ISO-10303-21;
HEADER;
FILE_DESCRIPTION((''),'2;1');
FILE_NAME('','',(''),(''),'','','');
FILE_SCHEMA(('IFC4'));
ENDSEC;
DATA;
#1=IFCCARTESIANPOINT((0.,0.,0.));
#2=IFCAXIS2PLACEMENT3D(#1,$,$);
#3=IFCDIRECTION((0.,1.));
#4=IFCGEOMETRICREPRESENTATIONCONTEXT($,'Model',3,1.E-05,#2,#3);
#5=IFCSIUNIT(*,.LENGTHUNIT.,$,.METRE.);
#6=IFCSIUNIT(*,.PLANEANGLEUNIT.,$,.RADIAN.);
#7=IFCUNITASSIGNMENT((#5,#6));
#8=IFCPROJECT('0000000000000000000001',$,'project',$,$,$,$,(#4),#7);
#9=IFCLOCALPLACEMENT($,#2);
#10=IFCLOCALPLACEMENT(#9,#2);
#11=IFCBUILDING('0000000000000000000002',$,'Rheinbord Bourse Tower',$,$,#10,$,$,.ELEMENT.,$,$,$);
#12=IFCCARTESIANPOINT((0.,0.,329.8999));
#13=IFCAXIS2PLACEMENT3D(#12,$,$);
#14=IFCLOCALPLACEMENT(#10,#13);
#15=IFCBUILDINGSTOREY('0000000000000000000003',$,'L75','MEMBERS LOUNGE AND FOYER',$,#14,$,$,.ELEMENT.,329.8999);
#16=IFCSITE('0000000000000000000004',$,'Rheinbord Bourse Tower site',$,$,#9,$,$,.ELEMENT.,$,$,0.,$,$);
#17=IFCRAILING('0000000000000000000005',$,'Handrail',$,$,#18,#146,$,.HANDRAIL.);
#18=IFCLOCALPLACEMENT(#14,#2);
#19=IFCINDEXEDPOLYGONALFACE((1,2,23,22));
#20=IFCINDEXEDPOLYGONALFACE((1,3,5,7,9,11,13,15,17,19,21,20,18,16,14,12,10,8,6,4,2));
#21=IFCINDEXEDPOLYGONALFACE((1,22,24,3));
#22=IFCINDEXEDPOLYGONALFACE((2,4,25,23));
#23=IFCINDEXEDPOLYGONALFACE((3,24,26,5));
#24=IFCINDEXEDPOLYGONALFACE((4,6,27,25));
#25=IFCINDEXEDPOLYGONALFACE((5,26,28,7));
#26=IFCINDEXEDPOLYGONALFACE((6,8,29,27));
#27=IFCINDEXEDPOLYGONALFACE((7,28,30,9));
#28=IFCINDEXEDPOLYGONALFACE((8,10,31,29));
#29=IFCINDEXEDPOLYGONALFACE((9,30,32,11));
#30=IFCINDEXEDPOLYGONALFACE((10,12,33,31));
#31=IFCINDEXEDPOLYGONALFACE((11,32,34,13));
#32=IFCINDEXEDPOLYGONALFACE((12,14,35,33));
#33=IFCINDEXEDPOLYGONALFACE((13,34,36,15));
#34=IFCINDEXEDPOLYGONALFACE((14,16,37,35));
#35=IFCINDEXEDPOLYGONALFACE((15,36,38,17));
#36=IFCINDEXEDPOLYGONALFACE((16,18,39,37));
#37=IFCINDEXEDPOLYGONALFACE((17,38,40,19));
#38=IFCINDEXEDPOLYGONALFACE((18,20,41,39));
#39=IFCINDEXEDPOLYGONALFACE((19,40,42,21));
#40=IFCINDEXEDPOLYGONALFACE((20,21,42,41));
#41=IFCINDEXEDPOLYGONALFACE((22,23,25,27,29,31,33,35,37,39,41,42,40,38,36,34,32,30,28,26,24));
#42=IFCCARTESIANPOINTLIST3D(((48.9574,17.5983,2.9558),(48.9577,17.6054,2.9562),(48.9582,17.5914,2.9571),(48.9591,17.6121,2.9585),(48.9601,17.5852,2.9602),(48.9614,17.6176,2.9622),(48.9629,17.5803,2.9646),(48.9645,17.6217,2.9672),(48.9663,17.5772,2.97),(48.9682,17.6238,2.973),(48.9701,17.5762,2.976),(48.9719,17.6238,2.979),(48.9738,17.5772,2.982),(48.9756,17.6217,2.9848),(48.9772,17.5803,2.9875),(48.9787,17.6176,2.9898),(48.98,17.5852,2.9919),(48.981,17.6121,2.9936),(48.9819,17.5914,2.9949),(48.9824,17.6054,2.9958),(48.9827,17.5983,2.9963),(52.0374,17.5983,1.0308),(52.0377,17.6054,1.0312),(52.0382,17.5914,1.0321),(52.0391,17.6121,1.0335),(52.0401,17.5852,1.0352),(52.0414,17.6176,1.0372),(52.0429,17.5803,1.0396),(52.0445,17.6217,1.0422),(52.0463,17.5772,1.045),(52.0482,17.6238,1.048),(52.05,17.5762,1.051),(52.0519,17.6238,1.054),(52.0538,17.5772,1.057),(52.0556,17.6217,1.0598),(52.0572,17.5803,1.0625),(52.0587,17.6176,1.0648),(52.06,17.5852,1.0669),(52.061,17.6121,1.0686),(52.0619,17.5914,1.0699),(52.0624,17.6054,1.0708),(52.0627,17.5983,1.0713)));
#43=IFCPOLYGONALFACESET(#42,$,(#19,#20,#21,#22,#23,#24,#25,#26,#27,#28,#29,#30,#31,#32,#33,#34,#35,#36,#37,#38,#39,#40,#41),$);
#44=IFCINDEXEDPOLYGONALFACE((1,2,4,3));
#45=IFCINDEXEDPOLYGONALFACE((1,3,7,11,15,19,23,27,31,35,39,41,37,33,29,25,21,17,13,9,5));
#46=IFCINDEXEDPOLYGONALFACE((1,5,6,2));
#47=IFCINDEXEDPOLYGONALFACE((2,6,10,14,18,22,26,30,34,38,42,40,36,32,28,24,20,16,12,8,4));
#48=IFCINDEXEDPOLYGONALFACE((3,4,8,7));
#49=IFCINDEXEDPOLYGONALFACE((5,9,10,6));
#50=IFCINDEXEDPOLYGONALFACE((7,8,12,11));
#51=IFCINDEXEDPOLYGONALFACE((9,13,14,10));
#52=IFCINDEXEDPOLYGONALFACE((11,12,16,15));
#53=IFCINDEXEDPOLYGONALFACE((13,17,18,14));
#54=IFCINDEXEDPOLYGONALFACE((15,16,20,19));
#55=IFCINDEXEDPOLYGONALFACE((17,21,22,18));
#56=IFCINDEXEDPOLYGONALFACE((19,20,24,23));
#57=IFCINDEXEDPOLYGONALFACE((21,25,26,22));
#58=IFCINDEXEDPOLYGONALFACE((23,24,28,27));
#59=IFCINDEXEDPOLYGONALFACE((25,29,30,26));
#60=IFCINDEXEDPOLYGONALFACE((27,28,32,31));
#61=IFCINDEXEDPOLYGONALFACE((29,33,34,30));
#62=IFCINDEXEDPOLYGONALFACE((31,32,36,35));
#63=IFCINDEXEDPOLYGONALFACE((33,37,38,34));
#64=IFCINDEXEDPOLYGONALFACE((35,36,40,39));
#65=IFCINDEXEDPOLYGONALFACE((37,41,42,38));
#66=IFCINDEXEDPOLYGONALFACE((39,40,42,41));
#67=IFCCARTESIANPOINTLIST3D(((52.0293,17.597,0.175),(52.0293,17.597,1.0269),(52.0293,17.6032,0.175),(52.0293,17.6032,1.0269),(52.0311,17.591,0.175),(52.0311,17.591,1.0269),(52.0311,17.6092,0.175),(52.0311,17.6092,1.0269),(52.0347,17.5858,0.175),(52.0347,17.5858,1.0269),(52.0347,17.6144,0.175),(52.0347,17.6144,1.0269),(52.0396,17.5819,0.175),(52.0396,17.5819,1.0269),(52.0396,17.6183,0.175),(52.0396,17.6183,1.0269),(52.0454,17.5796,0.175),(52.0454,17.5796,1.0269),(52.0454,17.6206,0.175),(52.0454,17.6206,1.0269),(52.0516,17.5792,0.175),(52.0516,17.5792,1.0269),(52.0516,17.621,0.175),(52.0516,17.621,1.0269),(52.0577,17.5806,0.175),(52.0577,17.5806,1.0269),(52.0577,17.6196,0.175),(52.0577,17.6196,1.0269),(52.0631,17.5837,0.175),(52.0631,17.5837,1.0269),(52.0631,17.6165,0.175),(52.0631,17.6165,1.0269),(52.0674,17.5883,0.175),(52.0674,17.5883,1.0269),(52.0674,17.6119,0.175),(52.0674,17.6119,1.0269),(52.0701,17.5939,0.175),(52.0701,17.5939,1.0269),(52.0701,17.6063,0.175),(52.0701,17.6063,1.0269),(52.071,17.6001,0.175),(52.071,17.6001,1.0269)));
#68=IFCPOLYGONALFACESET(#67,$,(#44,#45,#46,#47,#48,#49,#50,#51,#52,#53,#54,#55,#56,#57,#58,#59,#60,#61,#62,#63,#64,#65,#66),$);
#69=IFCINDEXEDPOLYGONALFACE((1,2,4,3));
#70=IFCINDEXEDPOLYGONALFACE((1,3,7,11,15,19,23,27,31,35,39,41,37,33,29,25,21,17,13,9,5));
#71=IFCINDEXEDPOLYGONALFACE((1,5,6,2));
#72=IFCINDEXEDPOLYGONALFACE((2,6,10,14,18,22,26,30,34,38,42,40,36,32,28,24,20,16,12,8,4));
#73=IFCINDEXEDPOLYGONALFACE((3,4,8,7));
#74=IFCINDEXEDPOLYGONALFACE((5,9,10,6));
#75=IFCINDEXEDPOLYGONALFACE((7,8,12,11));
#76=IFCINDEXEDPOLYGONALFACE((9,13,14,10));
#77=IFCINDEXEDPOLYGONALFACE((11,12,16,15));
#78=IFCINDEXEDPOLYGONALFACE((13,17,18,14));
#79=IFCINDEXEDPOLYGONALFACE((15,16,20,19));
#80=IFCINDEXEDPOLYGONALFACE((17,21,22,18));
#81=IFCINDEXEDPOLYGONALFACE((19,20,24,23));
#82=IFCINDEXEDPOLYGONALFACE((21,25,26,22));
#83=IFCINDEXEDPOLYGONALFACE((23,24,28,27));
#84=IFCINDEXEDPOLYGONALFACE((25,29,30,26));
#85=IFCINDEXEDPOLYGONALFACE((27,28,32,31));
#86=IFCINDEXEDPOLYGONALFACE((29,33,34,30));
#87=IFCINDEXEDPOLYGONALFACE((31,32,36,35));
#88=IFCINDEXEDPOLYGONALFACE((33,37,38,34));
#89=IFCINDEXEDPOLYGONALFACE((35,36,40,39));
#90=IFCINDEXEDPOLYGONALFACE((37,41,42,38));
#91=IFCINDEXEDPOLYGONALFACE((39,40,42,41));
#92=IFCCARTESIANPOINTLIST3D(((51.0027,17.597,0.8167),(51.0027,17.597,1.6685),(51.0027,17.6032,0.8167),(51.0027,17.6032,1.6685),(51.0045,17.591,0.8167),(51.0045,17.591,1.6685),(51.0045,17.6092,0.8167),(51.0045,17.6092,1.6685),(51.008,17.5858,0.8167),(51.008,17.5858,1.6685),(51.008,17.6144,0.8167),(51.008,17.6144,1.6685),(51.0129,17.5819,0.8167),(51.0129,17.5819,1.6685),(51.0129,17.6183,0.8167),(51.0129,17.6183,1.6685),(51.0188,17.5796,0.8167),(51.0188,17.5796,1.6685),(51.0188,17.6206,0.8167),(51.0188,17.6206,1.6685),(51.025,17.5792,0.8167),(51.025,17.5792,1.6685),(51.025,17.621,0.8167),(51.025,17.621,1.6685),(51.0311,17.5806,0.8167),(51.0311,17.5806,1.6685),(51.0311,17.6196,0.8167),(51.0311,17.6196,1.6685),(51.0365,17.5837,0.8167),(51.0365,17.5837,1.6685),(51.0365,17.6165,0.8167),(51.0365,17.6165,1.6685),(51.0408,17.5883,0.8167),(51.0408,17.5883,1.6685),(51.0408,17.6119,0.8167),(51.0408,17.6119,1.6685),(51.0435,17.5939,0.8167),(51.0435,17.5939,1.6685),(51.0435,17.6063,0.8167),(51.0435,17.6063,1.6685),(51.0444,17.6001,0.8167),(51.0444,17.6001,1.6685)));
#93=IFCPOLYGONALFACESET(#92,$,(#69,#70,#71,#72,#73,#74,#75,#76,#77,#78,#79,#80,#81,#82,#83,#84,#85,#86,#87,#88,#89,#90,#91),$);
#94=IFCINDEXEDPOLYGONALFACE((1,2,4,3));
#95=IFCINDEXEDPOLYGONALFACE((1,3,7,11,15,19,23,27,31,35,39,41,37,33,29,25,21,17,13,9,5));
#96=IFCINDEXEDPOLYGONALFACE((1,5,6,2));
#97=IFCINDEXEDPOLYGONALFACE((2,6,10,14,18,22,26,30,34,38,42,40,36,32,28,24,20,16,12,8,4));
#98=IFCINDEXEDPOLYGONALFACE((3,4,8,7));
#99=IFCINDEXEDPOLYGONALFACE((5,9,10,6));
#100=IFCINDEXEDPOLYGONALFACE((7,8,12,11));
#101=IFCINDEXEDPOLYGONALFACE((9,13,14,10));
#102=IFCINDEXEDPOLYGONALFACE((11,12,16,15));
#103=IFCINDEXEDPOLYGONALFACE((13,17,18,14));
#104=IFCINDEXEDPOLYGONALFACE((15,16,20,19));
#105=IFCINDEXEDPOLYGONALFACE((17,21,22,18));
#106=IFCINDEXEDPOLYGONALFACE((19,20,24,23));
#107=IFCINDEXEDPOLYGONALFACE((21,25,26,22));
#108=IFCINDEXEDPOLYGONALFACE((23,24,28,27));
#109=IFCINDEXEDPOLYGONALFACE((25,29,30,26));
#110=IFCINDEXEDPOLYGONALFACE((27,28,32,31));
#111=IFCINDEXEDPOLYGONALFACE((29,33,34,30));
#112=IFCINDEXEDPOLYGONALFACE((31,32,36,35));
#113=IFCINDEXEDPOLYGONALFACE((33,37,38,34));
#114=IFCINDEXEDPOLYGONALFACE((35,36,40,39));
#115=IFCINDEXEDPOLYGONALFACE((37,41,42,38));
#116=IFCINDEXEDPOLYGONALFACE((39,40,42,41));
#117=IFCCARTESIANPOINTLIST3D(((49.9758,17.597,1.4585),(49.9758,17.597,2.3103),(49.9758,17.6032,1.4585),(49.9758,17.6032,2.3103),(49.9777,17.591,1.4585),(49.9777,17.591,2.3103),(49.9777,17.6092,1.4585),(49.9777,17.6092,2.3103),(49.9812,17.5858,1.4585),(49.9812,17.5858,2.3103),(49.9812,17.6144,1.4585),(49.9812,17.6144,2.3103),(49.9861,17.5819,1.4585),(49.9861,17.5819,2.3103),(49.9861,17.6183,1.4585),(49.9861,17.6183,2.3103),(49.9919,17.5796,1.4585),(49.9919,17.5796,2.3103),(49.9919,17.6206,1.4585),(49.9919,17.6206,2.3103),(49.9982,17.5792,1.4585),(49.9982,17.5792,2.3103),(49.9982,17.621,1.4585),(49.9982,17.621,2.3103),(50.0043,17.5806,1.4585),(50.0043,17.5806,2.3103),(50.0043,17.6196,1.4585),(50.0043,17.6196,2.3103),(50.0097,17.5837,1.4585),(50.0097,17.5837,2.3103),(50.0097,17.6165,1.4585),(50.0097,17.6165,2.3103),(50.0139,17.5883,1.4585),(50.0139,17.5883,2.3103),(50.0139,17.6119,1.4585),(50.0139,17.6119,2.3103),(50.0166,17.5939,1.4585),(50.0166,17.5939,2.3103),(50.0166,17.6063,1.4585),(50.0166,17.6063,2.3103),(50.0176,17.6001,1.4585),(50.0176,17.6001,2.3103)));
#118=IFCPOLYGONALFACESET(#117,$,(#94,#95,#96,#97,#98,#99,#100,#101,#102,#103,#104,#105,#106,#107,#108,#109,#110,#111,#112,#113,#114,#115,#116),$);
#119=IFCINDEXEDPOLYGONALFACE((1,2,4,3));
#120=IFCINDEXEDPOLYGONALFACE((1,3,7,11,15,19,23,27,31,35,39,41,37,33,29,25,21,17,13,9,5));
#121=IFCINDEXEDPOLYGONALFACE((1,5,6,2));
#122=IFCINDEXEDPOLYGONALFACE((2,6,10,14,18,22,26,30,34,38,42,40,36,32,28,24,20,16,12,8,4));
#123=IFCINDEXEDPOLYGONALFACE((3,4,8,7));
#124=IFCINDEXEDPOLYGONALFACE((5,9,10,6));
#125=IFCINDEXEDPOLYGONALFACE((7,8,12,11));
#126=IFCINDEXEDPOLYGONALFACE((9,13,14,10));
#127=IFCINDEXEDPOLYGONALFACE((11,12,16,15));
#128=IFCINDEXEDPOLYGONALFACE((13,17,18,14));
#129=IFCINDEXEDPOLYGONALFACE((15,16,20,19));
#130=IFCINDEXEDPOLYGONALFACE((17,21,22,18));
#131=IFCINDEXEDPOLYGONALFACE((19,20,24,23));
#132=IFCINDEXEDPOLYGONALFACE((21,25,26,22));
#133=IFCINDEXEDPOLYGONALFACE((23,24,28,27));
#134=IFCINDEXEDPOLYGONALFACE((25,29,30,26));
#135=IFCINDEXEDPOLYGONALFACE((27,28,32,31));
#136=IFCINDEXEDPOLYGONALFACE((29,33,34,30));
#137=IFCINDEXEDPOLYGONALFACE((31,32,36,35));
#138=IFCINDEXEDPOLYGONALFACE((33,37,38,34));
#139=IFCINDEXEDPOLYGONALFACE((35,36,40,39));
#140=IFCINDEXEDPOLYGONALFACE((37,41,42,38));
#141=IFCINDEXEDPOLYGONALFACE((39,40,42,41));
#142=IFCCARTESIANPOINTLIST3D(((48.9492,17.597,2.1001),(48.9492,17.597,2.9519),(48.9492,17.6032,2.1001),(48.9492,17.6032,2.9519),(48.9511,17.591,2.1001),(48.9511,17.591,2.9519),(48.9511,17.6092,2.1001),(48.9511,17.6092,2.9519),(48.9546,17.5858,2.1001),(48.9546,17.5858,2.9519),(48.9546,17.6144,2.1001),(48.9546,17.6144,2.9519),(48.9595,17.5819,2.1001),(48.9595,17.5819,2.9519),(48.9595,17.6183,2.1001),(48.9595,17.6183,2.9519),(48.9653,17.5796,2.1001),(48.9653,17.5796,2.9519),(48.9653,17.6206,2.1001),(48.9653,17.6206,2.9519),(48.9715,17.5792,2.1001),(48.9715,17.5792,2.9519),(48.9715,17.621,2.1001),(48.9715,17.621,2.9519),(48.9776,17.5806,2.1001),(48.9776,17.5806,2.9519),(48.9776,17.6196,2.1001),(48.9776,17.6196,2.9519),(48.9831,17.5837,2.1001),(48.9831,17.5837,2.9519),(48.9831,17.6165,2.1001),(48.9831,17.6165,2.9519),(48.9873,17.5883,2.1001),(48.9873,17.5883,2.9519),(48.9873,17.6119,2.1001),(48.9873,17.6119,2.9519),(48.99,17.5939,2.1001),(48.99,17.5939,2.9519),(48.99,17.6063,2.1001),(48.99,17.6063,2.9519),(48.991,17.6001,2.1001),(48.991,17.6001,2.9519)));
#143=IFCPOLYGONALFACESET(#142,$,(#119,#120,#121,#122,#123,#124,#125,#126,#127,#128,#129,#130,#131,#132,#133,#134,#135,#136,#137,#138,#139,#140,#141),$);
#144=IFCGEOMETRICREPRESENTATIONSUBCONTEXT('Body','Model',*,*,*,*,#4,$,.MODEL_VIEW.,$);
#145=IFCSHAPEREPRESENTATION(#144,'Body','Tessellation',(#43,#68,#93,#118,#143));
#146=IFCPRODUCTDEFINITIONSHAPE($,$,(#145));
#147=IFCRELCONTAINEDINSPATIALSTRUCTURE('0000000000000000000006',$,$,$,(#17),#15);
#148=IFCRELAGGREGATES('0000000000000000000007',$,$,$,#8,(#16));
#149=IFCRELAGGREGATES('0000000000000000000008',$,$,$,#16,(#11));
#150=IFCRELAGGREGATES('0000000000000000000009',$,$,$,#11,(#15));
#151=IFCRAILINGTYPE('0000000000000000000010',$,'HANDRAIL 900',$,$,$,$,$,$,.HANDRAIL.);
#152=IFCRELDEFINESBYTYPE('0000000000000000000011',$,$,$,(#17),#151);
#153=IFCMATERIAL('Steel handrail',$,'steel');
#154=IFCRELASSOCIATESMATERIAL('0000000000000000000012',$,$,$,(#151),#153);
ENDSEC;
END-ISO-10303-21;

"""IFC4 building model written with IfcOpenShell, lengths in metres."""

from ifc_helpers import new_model, si_unit, direction, frame, origin, origin_2d, place, context, subcontext, project, spatial, circle, extrude, material, type_object, element, save


model = new_model("IFC4")

# Units and contexts
model_context = context("Model", 3, precision=1e-05, world=origin(), true_north=direction((0.0, 1.0)))
body_context = subcontext(model_context, "Body", "Model", "MODEL_VIEW")
ifc_project = project(units=[si_unit("LENGTHUNIT", "METRE"), si_unit("PLANEANGLEUNIT", "RADIAN")], contexts=[model_context])

# Site, building, storey
site_placement = place(None, origin())
site = spatial("IfcSite", under=ifc_project, at=site_placement, Name="Rheinbord Bourse Tower site", CompositionType="ELEMENT", RefElevation=0.0)
building_placement = place(site_placement, origin())
building = spatial("IfcBuilding", under=site, at=building_placement, Name="Rheinbord Bourse Tower", CompositionType="ELEMENT")
storey_placement = place(building_placement, frame((0.0, 0.0, 329.8999)))
storey = spatial("IfcBuildingStorey", under=building, at=storey_placement, Name="L75", Description="MEMBERS LOUNGE AND FOYER", CompositionType="ELEMENT", Elevation=329.8999)

# Railing
ifc_material_1 = material(Name="Steel handrail", Category="steel")
railing_type = type_object("IfcRailingType", Name="HANDRAIL 900", PredefinedType="HANDRAIL", material=ifc_material_1)
railing_1_placement = place(storey_placement, frame((52.05, 17.6001, 0.175)))
element("IfcRailing", 1, at=railing_1_placement, inside=storey, type_object=railing_type, Name="Handrail", PredefinedType="HANDRAIL", context=body_context, shape_type="SweptSolid", body=[
    extrude(circle(Radius=0.0239, at=origin_2d()), frame((0.0, 0.0, 0.876), z_axis=(-0.847998, 0.0, 0.529999), x_axis=(0.0, -1.0, 0.0)), (0.0, 0.0, 1.0), 3.6321),
    extrude(circle(Radius=0.021, at=origin_2d()), origin(), (0.0, 0.0, 1.0), 0.8518),
    extrude(circle(Radius=0.021, at=origin_2d()), frame((-1.0266, 0.0, 0.6416)), (0.0, 0.0, 1.0), 0.8518),
    extrude(circle(Radius=0.021, at=origin_2d()), frame((-2.0535, 0.0, 1.2834)), (0.0, 0.0, 1.0), 0.8518),
    extrude(circle(Radius=0.021, at=origin_2d()), frame((-3.0801, 0.0, 1.925)), (0.0, 0.0, 1.0), 0.8518),
])

save(model, "model.ifc")
